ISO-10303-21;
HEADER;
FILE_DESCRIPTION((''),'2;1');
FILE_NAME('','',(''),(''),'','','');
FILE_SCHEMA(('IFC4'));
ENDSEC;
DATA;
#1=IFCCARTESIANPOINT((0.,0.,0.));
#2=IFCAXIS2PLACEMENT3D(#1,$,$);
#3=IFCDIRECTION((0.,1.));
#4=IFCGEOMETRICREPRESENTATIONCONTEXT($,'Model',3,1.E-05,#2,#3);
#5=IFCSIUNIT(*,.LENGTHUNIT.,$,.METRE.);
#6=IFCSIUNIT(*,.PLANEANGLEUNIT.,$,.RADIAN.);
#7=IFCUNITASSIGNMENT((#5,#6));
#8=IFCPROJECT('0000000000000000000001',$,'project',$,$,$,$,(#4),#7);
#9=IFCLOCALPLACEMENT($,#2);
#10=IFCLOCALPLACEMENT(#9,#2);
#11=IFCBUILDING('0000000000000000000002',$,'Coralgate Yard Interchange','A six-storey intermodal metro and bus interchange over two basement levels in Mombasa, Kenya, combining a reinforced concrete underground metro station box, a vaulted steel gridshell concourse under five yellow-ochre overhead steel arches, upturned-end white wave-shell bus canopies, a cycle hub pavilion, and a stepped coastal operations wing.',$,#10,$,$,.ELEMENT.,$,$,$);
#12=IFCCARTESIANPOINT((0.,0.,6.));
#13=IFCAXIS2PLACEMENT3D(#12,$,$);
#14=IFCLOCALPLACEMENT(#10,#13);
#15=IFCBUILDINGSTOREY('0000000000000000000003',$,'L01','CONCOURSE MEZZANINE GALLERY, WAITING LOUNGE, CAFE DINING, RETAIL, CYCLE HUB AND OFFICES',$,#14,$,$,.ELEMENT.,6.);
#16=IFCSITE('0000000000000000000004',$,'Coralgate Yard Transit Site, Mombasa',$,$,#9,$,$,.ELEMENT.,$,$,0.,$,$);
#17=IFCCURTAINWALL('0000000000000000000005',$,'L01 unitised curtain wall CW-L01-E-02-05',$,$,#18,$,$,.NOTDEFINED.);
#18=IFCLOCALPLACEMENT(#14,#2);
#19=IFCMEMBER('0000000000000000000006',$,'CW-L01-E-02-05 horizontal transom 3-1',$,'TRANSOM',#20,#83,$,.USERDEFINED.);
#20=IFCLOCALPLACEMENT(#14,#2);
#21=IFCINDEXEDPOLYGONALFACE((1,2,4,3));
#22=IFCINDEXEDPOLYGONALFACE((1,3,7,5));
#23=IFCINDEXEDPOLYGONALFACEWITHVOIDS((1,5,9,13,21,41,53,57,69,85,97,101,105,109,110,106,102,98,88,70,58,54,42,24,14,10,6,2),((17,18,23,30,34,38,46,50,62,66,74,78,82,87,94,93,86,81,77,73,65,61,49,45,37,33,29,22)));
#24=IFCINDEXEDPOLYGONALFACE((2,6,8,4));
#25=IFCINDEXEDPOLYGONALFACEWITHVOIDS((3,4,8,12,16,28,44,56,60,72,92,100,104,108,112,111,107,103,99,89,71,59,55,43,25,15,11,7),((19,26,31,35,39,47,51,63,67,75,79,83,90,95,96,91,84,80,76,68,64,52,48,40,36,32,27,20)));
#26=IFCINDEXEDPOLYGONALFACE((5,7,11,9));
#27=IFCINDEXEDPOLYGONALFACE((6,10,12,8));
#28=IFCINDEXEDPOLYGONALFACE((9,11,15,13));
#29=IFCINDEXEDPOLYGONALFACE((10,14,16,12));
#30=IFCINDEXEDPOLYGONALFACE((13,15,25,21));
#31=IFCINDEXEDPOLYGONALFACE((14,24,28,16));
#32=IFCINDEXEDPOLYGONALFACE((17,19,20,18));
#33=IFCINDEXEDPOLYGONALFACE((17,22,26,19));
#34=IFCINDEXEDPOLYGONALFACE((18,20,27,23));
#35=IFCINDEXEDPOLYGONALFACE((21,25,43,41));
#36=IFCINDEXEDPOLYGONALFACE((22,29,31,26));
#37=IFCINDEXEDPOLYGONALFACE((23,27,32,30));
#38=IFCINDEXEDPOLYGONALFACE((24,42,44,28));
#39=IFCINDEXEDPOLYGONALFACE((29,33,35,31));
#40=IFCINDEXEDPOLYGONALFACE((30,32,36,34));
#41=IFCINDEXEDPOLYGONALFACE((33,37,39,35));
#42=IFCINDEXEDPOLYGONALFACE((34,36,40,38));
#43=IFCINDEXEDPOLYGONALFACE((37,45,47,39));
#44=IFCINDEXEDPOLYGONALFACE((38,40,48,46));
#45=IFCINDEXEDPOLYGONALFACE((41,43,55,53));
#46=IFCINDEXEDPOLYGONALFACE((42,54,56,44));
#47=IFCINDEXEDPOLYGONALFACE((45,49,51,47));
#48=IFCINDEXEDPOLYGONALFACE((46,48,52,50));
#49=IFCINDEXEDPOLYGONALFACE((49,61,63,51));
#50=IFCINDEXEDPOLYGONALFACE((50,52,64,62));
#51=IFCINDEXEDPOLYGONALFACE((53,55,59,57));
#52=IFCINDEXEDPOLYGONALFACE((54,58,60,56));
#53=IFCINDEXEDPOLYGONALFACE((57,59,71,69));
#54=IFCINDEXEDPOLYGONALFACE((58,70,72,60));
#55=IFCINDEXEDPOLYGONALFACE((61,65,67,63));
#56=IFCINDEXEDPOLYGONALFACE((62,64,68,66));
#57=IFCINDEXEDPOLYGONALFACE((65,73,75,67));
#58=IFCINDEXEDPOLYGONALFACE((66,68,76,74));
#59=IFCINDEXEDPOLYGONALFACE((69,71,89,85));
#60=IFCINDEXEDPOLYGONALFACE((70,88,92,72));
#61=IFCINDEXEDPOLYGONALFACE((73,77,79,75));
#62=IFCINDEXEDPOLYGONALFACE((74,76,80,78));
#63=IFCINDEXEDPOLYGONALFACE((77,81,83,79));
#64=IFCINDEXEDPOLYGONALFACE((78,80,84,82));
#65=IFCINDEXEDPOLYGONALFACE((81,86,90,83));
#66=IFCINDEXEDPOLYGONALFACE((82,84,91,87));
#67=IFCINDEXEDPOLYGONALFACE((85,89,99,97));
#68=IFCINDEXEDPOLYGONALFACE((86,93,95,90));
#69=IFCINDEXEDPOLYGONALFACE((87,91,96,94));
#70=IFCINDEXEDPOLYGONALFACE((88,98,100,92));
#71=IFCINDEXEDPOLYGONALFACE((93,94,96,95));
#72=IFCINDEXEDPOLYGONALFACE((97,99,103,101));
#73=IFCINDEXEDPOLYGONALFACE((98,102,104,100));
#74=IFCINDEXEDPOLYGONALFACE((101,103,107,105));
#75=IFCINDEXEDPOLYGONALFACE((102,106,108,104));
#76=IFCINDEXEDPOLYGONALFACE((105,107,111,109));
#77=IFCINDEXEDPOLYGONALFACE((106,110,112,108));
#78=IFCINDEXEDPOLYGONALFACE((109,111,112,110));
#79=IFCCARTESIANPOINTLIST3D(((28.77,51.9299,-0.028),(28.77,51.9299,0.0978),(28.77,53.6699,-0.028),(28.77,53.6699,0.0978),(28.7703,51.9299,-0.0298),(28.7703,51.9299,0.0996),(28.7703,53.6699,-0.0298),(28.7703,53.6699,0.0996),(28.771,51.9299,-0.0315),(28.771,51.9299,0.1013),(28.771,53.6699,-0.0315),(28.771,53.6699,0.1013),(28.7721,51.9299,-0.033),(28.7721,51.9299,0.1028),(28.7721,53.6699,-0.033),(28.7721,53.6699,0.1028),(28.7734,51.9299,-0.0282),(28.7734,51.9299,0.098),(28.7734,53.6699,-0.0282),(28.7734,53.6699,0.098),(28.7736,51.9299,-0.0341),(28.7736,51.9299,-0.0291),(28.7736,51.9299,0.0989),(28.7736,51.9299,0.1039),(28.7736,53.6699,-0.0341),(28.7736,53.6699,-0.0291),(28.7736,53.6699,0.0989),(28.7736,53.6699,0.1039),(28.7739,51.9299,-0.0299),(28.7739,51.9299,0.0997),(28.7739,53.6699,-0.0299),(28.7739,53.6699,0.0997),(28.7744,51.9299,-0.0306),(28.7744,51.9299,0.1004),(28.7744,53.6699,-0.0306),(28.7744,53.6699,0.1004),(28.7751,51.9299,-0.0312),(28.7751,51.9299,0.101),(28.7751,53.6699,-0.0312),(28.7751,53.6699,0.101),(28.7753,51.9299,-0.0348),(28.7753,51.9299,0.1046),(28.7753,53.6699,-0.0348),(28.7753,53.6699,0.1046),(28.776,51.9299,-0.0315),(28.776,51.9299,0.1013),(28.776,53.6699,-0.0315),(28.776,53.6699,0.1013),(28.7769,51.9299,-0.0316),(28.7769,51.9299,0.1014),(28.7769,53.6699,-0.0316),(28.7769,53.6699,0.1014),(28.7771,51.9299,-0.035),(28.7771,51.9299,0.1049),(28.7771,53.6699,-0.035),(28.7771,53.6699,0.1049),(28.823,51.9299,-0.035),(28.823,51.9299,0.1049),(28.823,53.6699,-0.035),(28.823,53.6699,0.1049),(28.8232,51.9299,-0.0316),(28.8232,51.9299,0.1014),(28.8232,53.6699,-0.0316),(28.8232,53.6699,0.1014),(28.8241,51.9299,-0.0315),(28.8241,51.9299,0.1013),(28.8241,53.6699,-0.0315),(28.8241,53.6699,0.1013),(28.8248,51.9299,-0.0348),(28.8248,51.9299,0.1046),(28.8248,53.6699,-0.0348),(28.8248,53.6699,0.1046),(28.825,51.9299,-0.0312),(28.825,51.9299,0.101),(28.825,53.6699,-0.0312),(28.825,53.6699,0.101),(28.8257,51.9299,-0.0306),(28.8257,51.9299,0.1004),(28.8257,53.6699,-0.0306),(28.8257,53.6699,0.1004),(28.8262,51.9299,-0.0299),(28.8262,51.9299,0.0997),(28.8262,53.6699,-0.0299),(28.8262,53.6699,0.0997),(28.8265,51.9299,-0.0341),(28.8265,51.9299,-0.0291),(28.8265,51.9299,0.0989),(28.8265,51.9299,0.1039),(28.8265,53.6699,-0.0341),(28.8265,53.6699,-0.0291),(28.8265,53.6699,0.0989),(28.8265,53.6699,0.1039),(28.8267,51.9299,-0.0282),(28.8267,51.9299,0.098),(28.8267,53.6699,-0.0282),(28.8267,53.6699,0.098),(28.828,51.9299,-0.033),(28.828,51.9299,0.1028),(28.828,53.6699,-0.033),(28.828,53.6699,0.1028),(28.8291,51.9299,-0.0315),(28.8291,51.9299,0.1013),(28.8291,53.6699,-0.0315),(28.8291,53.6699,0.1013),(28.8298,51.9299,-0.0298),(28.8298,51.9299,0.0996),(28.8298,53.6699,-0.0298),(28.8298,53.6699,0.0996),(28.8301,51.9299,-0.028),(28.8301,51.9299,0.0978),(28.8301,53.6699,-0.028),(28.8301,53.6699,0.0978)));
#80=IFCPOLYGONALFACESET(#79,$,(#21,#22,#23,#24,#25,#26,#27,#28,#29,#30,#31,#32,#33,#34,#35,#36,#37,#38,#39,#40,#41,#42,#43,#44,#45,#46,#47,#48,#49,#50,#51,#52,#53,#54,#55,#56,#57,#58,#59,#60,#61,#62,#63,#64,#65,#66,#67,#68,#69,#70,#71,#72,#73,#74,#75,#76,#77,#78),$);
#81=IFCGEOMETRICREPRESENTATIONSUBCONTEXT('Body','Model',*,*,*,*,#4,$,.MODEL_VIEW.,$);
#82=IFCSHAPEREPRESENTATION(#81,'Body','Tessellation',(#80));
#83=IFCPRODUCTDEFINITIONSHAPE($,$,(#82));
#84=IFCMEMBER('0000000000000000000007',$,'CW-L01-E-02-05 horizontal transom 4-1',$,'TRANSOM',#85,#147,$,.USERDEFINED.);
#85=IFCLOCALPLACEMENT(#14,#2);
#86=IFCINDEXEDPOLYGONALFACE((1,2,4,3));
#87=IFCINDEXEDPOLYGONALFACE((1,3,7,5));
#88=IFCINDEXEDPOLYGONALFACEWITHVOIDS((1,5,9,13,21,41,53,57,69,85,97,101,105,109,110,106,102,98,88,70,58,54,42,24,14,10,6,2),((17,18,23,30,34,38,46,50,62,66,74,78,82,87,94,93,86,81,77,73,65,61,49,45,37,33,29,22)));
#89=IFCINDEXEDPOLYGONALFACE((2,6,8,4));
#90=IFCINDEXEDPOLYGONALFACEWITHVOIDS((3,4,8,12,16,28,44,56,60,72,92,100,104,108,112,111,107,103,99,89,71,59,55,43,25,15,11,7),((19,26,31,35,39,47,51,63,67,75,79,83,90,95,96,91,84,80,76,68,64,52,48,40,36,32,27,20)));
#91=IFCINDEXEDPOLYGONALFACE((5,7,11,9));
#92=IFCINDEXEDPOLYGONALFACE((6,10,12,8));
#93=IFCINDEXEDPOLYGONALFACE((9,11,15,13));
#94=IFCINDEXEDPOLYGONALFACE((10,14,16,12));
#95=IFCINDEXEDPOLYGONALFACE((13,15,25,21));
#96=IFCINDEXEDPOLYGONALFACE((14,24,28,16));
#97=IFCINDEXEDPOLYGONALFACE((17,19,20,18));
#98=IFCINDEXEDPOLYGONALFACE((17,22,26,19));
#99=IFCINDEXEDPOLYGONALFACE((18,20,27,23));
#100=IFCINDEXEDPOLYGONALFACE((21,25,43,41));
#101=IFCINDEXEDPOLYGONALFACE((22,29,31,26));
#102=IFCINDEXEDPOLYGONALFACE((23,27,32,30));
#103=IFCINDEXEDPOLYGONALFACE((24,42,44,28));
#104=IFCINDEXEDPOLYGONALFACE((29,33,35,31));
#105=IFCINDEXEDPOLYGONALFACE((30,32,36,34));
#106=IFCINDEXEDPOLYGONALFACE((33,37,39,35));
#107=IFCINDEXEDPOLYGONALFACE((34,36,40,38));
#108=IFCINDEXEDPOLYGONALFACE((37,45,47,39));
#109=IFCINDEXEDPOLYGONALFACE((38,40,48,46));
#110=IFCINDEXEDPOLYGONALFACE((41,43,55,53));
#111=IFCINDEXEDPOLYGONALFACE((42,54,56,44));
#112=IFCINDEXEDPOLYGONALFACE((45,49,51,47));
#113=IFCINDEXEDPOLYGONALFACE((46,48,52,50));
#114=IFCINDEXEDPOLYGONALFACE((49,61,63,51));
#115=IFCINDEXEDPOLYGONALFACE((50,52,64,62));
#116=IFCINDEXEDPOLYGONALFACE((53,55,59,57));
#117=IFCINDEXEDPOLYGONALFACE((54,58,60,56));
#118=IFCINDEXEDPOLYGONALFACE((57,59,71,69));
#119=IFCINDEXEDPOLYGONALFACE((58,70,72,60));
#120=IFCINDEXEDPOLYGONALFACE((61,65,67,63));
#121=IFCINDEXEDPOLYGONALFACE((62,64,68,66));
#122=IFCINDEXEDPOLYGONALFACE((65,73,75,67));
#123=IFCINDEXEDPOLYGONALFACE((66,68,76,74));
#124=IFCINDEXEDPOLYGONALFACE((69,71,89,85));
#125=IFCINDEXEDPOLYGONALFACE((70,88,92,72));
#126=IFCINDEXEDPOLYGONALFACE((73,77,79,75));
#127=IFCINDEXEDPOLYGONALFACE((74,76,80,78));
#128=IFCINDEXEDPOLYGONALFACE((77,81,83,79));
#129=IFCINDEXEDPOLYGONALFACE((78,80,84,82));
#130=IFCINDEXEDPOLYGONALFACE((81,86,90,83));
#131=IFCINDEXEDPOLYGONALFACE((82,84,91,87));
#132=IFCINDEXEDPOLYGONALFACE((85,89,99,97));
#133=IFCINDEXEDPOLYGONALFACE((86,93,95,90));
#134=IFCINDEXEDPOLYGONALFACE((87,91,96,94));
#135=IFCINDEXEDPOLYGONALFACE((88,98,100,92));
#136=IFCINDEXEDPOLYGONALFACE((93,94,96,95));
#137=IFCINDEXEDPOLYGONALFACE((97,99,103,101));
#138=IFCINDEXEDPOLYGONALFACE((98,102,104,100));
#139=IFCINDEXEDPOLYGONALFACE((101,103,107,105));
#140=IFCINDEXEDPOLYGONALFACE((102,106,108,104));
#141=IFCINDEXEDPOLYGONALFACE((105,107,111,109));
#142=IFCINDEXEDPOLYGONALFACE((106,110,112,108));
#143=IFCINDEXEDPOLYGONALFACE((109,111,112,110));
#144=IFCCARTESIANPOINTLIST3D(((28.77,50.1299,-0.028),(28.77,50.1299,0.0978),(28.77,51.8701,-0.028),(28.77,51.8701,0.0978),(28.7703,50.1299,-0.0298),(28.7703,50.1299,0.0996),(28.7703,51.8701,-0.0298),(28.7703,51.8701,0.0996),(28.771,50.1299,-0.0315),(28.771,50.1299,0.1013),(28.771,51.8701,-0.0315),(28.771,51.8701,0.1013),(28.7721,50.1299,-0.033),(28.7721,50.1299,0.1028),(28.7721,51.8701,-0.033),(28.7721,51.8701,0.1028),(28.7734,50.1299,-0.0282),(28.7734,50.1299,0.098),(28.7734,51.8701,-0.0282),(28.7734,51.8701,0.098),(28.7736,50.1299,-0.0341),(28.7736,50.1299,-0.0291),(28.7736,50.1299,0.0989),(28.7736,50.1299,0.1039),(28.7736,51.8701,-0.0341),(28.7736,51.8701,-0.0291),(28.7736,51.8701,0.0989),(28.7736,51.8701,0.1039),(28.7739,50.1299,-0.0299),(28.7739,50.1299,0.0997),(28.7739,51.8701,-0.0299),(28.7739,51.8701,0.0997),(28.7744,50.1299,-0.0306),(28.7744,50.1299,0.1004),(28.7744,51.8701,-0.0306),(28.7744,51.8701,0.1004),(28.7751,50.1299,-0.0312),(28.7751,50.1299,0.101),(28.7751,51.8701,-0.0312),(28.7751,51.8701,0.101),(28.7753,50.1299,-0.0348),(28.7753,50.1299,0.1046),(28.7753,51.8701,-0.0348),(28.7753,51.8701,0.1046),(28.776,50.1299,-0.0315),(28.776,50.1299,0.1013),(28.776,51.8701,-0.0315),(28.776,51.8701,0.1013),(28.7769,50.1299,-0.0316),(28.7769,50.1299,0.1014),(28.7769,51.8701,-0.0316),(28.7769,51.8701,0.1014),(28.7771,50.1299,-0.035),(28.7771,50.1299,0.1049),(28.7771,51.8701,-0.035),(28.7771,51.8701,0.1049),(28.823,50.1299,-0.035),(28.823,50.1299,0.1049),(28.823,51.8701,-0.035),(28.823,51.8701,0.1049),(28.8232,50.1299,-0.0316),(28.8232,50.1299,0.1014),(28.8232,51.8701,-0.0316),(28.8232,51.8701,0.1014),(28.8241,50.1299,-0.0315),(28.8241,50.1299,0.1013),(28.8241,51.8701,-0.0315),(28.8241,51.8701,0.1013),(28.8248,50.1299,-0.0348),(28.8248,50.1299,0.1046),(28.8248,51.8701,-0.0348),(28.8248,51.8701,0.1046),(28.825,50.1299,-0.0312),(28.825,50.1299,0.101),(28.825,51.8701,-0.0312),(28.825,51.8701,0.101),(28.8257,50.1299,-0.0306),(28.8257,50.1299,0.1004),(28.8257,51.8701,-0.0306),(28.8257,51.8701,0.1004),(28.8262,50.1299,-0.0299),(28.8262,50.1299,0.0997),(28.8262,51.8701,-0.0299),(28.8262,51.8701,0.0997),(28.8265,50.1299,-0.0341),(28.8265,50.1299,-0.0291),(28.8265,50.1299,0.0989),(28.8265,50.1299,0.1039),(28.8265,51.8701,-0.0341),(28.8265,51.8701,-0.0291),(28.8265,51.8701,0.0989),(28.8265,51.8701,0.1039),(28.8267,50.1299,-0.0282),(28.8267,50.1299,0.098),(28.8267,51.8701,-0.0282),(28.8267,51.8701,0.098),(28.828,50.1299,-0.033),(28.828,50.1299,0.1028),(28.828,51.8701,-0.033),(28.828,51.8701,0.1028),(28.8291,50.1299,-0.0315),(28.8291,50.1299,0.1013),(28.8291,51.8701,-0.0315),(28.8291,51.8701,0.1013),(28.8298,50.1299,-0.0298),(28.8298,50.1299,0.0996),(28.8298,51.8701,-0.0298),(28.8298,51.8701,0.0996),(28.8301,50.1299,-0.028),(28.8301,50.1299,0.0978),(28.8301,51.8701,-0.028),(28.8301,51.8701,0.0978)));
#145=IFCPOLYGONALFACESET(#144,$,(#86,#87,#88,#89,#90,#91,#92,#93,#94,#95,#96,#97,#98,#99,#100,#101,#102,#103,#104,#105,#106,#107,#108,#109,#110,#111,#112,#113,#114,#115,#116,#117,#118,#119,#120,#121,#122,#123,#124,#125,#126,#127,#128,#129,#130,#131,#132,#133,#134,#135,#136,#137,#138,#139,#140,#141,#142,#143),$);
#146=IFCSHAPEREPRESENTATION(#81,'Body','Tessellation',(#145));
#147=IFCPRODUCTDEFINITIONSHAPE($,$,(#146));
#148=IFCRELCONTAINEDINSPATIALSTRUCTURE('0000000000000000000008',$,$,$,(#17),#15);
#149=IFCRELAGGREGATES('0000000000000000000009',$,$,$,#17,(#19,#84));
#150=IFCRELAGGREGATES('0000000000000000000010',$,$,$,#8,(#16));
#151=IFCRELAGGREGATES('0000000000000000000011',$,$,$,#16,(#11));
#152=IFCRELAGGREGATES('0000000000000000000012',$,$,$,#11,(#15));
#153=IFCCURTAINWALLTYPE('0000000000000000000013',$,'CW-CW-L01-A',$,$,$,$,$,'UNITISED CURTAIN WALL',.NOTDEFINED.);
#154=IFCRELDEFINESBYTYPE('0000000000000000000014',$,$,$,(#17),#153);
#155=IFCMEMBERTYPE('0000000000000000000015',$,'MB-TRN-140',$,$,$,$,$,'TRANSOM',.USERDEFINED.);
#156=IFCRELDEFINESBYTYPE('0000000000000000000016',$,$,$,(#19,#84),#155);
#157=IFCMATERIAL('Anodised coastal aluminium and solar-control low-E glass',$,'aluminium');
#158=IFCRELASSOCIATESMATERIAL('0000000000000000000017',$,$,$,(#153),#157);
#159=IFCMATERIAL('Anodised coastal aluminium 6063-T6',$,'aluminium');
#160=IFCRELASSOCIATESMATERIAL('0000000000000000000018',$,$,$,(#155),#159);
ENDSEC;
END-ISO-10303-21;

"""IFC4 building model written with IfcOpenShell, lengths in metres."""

from ifc_helpers import new_model, si_unit, direction, frame, origin, origin_2d, place, context, subcontext, project, spatial, hollow_rectangle, extrude, material, material_profile, profile_set, type_object, element, aggregate, save


model = new_model("IFC4")

# Units and contexts
model_context = context("Model", 3, precision=1e-05, world=origin(), true_north=direction((0.0, 1.0)))
body_context = subcontext(model_context, "Body", "Model", "MODEL_VIEW")
ifc_project = project(units=[si_unit("LENGTHUNIT", "METRE"), si_unit("PLANEANGLEUNIT", "RADIAN")], contexts=[model_context])

# Site, building, storey
site_placement = place(None, origin())
site = spatial("IfcSite", under=ifc_project, at=site_placement, Name="Coralgate Yard Transit Site, Mombasa", CompositionType="ELEMENT", RefElevation=0.0)
building_placement = place(site_placement, origin())
building = spatial("IfcBuilding", under=site, at=building_placement, Name="Coralgate Yard Interchange", Description="A six-storey intermodal metro and bus interchange over two basement levels in Mombasa, Kenya, combining a reinforced concrete underground metro station box, a vaulted steel gridshell concourse under five yellow-ochre overhead steel arches, upturned-end white wave-shell bus canopies, a cycle hub pavilion, and a stepped coastal operations wing.", CompositionType="ELEMENT")
storey_placement = place(building_placement, frame((0.0, 0.0, 6.0)))
storey = spatial("IfcBuildingStorey", under=building, at=storey_placement, Name="L01", Description="CONCOURSE MEZZANINE GALLERY, WAITING LOUNGE, CAFE DINING, RETAIL, CYCLE HUB AND OFFICES", CompositionType="ELEMENT", Elevation=6.0)

# Curtain wall
ifc_material_1 = material(Name="Anodised coastal aluminium and solar-control low-E glass", Category="aluminium")
ifc_material_2 = material(Name="Anodised coastal aluminium 6063-T6", Category="aluminium")
curtain_wall_type_1 = type_object("IfcCurtainWallType", Name="CW-CW-L01-A", ElementType="UNITISED CURTAIN WALL", PredefinedType="NOTDEFINED", material=ifc_material_1)
curtain_wall_1_placement = place(storey_placement, origin())
curtain_wall_1 = element("IfcCurtainWall", 1, at=curtain_wall_1_placement, inside=storey, type_object=curtain_wall_type_1, Name="L01 unitised curtain wall CW-L01-E-02-05", PredefinedType="NOTDEFINED")

# Members
ifc_material_profile_1 = material_profile(ifc_material_2, hollow_rectangle(XDim=0.0601, YDim=0.1399, WallThickness=0.0034, InnerFilletRadius=0.0034, OuterFilletRadius=0.0071, at=origin_2d()), Name="ALU 60x140x3.5")
ifc_profile_set_1 = profile_set([ifc_material_profile_1], Name="Anodised coastal aluminium 6063-T6")
member_type_1 = type_object("IfcMemberType", Name="MB-TRN-140", ElementType="TRANSOM", PredefinedType="USERDEFINED", material=ifc_profile_set_1)
member_1_placement = place(storey_placement, frame((28.8, 53.6699, 0.0349), z_axis=(0.0, -1.0, 0.0), x_axis=(1.0, 0.0, 0.0)))
member_1 = element("IfcMember", 2, at=member_1_placement, type_object=member_type_1, Name="CW-L01-E-02-05 horizontal transom 3-1", ObjectType="TRANSOM", PredefinedType="USERDEFINED", context=body_context, shape_type="SweptSolid", body=[
    extrude(hollow_rectangle(XDim=0.0601, YDim=0.1399, WallThickness=0.0034, InnerFilletRadius=0.0034, OuterFilletRadius=0.0071, at=origin_2d()), origin(), (0.0, 0.0, 1.0), 1.74),
])
member_2_placement = place(storey_placement, frame((28.8, 51.8701, 0.0349), z_axis=(0.0, -1.0, 0.0), x_axis=(1.0, 0.0, 0.0)))
member_2 = element("IfcMember", 3, at=member_2_placement, type_object=member_type_1, Name="CW-L01-E-02-05 horizontal transom 4-1", ObjectType="TRANSOM", PredefinedType="USERDEFINED", context=body_context, shape_type="SweptSolid", body=[
    extrude(hollow_rectangle(XDim=0.0601, YDim=0.1399, WallThickness=0.0034, InnerFilletRadius=0.0034, OuterFilletRadius=0.0071, at=origin_2d()), origin(), (0.0, 0.0, 1.0), 1.7402),
])

aggregate(curtain_wall_1, [member_1, member_2])

save(model, "model.ifc")
